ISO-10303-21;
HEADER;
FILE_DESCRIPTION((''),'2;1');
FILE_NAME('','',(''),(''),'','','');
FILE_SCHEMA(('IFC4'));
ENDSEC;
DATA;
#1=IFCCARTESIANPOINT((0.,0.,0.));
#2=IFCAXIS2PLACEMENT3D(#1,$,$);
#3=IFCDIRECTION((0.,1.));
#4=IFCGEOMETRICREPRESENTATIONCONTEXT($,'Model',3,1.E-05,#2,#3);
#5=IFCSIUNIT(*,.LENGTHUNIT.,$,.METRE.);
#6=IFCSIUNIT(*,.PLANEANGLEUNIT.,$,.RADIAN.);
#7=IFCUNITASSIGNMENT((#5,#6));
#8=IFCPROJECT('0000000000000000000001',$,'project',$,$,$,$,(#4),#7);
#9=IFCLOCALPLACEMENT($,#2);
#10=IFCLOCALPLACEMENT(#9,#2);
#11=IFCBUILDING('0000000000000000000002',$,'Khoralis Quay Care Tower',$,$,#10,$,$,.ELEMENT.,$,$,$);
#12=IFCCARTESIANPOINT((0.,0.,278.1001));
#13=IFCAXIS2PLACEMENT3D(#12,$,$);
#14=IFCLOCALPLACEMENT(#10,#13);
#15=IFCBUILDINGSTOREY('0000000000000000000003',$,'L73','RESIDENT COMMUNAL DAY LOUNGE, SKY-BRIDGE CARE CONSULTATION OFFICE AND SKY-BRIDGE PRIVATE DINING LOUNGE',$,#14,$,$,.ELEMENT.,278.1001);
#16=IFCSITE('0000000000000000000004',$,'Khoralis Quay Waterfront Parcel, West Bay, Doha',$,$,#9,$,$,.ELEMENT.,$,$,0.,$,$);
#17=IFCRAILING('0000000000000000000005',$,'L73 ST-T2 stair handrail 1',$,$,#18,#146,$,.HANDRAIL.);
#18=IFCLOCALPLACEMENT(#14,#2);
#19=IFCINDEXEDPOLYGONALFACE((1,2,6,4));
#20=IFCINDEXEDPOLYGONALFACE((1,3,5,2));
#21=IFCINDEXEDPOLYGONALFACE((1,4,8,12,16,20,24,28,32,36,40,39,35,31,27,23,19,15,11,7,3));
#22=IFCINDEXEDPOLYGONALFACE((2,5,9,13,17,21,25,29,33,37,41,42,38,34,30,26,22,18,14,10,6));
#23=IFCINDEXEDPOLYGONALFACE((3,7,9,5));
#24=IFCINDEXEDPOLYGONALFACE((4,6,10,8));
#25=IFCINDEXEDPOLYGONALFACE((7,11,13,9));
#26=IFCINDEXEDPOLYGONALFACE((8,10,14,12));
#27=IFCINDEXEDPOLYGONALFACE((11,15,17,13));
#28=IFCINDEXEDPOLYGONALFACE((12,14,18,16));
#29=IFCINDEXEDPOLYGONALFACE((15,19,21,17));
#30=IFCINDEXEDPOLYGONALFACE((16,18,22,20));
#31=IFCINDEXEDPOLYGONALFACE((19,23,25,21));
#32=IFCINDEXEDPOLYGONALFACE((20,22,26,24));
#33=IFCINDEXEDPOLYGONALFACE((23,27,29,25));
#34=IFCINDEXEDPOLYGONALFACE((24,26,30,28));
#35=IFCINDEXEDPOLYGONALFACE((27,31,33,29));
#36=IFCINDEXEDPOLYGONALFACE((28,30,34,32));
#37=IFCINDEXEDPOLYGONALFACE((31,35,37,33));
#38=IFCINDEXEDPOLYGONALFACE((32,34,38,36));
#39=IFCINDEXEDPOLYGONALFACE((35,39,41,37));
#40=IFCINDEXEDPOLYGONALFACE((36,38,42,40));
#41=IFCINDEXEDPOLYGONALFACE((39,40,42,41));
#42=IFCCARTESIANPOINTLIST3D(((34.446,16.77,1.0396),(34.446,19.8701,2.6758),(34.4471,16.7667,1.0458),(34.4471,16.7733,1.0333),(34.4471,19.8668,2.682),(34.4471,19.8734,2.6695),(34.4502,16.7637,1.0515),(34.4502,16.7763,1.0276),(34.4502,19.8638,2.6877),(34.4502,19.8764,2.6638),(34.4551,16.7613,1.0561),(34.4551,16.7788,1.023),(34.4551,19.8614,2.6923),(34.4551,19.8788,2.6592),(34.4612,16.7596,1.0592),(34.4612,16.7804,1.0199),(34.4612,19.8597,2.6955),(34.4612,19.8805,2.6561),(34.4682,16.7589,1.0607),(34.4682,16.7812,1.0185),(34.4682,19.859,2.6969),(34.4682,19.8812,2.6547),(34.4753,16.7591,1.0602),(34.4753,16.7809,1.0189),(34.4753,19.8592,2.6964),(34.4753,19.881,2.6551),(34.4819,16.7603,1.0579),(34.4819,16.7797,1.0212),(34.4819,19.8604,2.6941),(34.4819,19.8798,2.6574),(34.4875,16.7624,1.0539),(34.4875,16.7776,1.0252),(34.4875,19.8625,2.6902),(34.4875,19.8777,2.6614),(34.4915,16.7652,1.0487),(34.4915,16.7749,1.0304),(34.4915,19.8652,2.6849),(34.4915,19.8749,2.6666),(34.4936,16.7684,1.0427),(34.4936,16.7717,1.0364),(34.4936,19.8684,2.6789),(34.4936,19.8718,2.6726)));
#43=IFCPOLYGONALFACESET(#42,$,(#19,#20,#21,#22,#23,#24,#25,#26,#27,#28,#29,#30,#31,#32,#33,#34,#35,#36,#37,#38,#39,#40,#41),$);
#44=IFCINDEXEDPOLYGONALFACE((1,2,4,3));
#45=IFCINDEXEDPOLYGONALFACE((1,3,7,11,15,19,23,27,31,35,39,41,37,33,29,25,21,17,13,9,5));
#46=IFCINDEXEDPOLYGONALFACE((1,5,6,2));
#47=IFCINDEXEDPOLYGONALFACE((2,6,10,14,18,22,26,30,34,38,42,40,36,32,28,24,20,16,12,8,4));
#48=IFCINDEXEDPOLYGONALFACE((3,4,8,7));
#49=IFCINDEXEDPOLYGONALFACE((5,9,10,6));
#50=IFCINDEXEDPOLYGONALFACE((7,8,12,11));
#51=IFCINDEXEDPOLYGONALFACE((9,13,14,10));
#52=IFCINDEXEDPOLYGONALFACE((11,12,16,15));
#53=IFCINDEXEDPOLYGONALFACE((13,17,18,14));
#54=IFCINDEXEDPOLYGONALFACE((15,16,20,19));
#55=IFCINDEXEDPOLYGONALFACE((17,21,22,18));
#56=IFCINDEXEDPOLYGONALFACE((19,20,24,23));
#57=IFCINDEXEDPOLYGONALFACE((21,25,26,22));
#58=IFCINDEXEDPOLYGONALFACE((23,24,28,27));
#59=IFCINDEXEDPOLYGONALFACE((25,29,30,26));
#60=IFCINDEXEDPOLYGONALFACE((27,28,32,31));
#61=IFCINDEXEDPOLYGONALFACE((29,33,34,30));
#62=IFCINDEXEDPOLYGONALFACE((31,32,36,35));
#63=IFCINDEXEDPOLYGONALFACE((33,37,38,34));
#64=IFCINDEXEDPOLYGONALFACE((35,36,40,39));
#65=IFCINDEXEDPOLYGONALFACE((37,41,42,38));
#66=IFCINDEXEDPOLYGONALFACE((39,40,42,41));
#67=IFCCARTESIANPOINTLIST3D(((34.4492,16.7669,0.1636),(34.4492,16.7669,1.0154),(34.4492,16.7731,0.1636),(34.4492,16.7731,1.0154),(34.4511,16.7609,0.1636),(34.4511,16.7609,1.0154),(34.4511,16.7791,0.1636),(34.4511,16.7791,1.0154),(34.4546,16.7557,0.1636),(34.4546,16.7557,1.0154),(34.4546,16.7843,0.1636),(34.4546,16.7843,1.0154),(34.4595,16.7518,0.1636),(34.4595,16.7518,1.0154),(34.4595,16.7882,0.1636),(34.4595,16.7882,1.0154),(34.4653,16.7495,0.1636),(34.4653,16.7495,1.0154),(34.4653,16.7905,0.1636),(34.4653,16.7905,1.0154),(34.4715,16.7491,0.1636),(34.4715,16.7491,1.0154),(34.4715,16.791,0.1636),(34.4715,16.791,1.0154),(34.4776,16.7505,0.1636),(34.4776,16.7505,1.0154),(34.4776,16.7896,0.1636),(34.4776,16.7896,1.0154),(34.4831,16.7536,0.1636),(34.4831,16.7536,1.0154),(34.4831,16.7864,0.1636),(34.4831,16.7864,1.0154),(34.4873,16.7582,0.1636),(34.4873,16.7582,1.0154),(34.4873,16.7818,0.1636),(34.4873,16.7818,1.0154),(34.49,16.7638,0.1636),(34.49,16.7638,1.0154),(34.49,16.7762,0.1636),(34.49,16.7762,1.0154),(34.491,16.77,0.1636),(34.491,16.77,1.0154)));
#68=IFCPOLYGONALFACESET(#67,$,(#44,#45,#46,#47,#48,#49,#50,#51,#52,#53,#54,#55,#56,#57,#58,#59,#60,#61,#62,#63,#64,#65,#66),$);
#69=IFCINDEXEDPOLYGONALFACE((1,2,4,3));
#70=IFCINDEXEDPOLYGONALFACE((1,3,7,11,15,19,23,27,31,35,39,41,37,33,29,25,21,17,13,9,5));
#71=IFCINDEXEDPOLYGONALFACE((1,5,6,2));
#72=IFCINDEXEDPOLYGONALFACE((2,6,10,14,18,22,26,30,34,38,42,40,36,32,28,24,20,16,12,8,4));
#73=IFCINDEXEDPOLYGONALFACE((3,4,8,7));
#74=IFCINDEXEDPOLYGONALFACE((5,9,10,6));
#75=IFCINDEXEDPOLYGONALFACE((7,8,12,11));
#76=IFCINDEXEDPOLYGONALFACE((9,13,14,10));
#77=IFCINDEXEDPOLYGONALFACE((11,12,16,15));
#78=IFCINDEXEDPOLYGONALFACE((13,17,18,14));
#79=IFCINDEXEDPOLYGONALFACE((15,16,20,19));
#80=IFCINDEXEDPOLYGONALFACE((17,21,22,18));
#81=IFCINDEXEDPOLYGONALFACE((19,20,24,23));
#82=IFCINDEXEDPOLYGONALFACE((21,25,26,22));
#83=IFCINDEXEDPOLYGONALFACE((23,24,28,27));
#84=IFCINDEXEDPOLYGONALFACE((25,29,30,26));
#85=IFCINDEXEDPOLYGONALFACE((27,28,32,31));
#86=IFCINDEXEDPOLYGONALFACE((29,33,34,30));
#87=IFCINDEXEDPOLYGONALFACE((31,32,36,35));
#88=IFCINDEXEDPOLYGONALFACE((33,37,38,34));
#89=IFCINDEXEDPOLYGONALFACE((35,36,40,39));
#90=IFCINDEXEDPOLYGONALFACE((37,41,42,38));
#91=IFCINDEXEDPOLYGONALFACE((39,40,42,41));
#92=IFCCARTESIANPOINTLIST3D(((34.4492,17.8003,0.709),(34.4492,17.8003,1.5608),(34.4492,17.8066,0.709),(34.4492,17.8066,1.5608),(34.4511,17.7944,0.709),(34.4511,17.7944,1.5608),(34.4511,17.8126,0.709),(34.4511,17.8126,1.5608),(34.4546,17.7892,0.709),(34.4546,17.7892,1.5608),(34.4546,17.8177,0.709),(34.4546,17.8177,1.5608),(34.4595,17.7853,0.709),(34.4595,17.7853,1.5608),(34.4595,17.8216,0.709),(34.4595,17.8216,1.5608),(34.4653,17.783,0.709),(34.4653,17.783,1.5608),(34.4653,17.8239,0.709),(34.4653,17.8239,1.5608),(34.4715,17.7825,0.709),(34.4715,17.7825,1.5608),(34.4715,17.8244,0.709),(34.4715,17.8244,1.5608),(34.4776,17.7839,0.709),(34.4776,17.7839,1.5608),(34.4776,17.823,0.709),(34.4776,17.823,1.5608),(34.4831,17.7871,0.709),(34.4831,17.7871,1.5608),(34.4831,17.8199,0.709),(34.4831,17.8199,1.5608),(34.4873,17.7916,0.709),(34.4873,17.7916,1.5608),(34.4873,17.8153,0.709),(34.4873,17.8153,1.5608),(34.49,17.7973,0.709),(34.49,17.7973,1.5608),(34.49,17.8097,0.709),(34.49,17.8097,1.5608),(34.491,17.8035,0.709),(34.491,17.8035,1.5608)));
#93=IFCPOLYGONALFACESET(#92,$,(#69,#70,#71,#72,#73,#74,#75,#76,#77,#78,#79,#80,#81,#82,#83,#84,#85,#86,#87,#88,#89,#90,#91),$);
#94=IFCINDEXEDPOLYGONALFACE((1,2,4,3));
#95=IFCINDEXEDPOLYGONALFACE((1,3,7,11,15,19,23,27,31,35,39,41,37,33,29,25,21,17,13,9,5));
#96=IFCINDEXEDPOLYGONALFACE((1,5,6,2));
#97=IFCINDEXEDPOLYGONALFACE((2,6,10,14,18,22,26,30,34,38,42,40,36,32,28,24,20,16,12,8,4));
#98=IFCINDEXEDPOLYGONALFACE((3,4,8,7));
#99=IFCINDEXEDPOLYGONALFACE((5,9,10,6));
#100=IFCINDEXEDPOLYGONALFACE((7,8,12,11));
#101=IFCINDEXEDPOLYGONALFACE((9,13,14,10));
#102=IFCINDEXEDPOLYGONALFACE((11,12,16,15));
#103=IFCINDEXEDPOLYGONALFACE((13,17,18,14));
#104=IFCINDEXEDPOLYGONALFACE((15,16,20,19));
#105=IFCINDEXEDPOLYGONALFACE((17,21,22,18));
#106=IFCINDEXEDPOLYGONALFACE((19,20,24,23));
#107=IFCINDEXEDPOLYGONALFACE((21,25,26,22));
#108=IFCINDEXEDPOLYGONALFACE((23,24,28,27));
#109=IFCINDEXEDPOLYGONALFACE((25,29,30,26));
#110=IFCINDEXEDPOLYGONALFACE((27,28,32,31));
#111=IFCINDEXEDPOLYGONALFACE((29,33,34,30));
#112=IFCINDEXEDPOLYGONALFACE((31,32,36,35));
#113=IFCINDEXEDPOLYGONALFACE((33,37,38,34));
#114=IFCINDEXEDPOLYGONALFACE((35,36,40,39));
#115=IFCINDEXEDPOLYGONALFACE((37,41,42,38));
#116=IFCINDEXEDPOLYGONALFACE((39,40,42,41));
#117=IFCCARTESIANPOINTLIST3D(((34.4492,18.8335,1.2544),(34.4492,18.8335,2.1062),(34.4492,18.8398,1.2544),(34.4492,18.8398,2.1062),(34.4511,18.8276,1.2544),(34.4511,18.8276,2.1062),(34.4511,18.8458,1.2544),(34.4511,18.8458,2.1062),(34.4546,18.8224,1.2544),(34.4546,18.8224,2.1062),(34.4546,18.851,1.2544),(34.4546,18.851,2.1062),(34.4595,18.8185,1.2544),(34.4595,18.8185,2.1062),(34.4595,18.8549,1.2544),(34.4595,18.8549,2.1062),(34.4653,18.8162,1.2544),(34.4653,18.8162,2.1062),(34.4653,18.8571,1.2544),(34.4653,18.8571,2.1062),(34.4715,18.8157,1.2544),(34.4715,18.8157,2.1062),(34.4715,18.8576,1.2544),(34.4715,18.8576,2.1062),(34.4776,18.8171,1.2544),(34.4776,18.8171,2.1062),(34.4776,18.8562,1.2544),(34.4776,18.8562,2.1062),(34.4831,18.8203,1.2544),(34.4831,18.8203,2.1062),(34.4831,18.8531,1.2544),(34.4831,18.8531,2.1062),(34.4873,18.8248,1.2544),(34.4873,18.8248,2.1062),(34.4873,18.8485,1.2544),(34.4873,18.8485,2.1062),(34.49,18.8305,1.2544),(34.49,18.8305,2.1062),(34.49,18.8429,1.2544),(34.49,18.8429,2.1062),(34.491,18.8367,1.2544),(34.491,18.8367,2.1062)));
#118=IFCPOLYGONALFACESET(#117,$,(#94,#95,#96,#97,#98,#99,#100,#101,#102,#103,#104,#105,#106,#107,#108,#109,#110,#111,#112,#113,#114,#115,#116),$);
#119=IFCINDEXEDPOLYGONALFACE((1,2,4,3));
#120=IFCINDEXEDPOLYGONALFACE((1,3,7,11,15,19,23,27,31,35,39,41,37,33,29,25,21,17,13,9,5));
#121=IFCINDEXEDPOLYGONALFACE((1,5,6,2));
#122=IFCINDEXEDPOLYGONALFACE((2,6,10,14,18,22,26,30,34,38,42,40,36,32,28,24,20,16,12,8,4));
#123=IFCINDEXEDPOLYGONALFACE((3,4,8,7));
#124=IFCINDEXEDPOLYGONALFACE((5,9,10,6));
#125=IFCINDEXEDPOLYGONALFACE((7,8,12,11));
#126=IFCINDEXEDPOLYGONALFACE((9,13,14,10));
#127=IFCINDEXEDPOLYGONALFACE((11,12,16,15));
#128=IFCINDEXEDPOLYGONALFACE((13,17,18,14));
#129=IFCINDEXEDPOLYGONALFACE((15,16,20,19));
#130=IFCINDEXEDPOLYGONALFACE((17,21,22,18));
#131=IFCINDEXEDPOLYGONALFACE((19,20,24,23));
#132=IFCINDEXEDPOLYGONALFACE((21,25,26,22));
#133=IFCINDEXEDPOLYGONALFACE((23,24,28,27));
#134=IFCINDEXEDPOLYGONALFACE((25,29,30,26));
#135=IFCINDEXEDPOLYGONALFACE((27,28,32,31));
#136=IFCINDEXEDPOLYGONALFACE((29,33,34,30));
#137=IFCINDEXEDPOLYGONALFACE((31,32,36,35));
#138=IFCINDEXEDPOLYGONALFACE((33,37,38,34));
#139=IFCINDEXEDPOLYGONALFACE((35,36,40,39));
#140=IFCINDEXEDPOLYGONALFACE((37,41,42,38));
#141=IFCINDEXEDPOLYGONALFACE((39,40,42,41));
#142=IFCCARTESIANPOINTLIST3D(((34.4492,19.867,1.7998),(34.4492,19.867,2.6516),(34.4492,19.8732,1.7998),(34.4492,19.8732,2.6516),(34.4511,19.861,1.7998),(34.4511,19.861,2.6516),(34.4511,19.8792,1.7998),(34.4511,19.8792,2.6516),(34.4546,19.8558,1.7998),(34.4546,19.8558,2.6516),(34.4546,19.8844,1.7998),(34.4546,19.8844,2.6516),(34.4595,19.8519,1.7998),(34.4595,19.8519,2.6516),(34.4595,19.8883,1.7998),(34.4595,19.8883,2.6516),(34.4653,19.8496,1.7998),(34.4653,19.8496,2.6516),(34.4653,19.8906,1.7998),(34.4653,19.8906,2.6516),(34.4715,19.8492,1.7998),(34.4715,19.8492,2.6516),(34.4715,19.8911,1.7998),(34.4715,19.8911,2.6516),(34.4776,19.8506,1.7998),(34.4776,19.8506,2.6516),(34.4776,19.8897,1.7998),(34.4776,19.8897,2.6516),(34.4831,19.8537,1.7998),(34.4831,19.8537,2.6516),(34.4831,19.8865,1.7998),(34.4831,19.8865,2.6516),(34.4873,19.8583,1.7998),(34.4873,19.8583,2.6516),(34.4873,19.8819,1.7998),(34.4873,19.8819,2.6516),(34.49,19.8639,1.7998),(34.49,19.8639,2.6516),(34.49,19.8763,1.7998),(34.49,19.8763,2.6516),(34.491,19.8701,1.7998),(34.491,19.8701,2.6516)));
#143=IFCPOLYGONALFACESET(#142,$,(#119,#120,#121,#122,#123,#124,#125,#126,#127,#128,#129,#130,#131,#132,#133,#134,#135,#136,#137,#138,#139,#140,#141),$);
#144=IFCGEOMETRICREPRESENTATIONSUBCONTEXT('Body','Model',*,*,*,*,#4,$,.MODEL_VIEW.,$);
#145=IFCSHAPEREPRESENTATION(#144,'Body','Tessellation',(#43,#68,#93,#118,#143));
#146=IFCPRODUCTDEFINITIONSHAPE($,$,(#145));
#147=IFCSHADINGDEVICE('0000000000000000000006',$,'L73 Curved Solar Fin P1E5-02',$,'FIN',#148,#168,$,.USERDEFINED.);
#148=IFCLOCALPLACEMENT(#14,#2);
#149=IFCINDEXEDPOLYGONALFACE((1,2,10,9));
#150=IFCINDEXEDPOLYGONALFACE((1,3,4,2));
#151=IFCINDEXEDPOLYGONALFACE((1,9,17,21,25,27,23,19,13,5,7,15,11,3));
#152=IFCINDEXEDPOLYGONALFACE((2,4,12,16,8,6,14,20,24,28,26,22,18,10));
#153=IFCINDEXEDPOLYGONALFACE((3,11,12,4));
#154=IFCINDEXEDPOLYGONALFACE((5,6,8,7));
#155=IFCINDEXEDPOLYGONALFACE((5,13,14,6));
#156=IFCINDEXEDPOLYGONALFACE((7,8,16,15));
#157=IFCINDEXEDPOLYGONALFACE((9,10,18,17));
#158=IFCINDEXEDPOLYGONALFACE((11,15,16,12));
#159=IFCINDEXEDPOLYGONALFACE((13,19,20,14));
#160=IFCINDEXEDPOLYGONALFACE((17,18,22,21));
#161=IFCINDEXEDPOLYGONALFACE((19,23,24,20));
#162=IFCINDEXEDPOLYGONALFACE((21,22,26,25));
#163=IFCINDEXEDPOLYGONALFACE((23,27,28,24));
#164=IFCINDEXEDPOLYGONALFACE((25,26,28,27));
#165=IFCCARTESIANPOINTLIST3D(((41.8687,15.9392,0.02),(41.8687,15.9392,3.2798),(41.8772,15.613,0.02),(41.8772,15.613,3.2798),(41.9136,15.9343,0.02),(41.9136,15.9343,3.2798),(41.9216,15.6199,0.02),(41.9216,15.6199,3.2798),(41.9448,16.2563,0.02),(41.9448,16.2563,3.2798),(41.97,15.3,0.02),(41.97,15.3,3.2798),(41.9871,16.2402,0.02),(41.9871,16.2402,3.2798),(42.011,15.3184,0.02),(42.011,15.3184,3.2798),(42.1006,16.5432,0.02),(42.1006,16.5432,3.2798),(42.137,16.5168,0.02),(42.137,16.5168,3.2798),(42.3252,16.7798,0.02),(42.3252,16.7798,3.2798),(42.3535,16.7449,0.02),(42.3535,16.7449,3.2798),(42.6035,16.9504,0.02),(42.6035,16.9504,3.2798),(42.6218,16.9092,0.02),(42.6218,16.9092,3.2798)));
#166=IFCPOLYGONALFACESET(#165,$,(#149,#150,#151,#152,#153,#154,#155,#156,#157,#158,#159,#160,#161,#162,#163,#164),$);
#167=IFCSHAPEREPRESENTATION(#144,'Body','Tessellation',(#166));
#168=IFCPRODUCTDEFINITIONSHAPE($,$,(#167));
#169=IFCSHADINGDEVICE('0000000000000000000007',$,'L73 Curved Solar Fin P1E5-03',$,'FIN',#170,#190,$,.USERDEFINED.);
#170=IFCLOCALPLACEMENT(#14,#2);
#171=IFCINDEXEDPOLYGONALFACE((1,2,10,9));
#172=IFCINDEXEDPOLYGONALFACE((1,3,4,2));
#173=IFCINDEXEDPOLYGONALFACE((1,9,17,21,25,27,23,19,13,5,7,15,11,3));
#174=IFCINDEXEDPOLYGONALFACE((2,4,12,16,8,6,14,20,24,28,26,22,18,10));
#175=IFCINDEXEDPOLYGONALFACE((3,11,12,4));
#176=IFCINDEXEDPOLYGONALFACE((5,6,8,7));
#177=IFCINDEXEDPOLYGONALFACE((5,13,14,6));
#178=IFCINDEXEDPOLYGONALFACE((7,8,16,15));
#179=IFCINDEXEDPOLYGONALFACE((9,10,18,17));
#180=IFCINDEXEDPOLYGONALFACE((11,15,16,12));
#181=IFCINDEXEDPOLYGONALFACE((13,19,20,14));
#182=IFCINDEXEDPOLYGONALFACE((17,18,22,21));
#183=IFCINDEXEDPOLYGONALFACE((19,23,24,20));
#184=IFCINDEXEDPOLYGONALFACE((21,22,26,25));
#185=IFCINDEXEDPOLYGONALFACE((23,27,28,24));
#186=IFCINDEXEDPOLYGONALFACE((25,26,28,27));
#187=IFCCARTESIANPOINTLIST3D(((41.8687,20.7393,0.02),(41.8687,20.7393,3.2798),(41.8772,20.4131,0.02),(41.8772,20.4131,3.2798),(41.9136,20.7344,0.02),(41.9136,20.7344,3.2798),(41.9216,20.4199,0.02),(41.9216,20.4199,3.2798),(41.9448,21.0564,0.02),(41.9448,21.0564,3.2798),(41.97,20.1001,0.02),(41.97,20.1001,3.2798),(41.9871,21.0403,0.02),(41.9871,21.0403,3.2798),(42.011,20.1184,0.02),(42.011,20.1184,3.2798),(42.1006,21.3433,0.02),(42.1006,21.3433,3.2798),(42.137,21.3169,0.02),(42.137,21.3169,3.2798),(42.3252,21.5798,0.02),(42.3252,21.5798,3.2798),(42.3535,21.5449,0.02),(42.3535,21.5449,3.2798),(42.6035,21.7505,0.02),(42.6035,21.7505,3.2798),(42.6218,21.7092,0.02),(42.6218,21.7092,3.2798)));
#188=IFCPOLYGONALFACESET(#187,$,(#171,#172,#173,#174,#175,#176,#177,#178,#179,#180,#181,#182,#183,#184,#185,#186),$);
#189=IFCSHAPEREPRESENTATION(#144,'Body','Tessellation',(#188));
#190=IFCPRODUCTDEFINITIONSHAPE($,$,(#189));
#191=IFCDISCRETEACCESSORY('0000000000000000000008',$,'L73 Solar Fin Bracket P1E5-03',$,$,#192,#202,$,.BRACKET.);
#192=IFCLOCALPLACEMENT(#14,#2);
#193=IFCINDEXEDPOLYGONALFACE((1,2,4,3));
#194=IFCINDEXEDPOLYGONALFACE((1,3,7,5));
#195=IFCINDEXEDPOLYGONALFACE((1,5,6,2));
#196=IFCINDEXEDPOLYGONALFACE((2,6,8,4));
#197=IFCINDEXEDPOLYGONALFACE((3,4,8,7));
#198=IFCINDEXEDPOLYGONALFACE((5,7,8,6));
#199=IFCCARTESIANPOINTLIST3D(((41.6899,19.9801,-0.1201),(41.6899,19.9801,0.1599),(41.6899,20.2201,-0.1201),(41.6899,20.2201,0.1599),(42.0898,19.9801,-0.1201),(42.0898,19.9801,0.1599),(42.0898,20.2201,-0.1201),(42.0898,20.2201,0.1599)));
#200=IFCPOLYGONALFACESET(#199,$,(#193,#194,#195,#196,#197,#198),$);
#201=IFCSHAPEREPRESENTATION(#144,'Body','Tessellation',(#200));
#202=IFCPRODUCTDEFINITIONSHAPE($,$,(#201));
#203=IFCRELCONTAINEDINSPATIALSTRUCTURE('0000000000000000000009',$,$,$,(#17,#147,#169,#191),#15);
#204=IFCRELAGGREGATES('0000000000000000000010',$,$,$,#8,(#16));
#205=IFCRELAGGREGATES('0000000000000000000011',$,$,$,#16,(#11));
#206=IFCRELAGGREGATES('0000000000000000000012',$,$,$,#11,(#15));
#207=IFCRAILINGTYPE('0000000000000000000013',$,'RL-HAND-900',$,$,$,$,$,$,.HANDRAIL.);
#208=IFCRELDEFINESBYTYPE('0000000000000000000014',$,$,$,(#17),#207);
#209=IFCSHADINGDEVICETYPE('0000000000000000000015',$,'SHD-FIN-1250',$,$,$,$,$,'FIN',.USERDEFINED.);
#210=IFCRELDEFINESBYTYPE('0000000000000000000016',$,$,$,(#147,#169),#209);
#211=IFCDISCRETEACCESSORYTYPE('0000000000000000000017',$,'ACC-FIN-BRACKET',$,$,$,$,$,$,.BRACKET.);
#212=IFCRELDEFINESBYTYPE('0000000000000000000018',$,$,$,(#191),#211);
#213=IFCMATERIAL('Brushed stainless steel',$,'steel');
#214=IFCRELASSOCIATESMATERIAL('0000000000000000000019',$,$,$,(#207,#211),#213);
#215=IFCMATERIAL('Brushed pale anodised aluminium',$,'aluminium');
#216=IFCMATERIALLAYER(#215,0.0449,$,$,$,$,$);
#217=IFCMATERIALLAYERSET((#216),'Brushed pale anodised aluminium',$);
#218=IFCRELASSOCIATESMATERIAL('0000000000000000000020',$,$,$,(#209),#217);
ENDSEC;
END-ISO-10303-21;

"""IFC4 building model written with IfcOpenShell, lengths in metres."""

from ifc_helpers import new_model, si_unit, direction, frame, origin, origin_2d, place, context, subcontext, project, spatial, polyline, rectangle, circle, outline, extrude, source, transform, mapped, material, layer, layer_set, type_object, element, save


model = new_model("IFC4")

# Units and contexts
model_context = context("Model", 3, precision=1e-05, world=origin(), true_north=direction((0.0, 1.0)))
body_context = subcontext(model_context, "Body", "Model", "MODEL_VIEW")
ifc_project = project(units=[si_unit("LENGTHUNIT", "METRE"), si_unit("PLANEANGLEUNIT", "RADIAN")], contexts=[model_context])

# Site, building, storey
site_placement = place(None, origin())
site = spatial("IfcSite", under=ifc_project, at=site_placement, Name="Khoralis Quay Waterfront Parcel, West Bay, Doha", CompositionType="ELEMENT", RefElevation=0.0)
building_placement = place(site_placement, origin())
building = spatial("IfcBuilding", under=site, at=building_placement, Name="Khoralis Quay Care Tower", CompositionType="ELEMENT")
storey_placement = place(building_placement, frame((0.0, 0.0, 278.1001)))
storey = spatial("IfcBuildingStorey", under=building, at=storey_placement, Name="L73", Description="RESIDENT COMMUNAL DAY LOUNGE, SKY-BRIDGE CARE CONSULTATION OFFICE AND SKY-BRIDGE PRIVATE DINING LOUNGE", CompositionType="ELEMENT", Elevation=278.1001)

# Railing
ifc_material_1 = material(Name="Brushed stainless steel", Category="steel")
railing_type_1 = type_object("IfcRailingType", Name="RL-HAND-900", PredefinedType="HANDRAIL", material=ifc_material_1)
railing_1_placement = place(storey_placement, frame((34.47, 16.77, 0.1636)))
element("IfcRailing", 1, at=railing_1_placement, inside=storey, type_object=railing_type_1, Name="L73 ST-T2 stair handrail 1", PredefinedType="HANDRAIL", context=body_context, shape_type="SweptSolid", body=[
    extrude(circle(Radius=0.0239, at=origin_2d()), frame((0.0, 0.0, 0.876), z_axis=(0.0, 0.884377, 0.466774), x_axis=(-1.0, 0.0, 0.0)), (0.0, 0.0, 1.0), 3.5054),
    extrude(circle(Radius=0.021, at=origin_2d()), origin(), (0.0, 0.0, 1.0), 0.8518),
    extrude(circle(Radius=0.021, at=origin_2d()), frame((0.0, 1.0334, 0.5454)), (0.0, 0.0, 1.0), 0.8518),
    extrude(circle(Radius=0.021, at=origin_2d()), frame((0.0, 2.0667, 1.0908)), (0.0, 0.0, 1.0), 0.8518),
    extrude(circle(Radius=0.021, at=origin_2d()), frame((0.0, 3.1001, 1.6362)), (0.0, 0.0, 1.0), 0.8518),
])

# Shading devices
ifc_material_2 = material(Name="Brushed pale anodised aluminium", Category="aluminium")
ifc_layer_1 = layer(ifc_material_2, 0.0449)
ifc_layer_set_1 = layer_set([ifc_layer_1], Name="Brushed pale anodised aluminium")
shading_device_type = type_object("IfcShadingDeviceType", Name="SHD-FIN-1250", ElementType="FIN", PredefinedType="USERDEFINED", material=ifc_layer_set_1)
shared_shape_1 = source(origin(), body_context, "Body", "SweptSolid", [
    extrude(outline(polyline([(0.0, 0.0), (-0.0928, 0.313), (-0.1013, 0.6392), (-0.0251, 0.9563), (0.1306, 1.2432), (0.3552, 1.4797), (0.6335, 1.6504), (0.6519, 1.6091), (0.3835, 1.4448), (0.167, 1.2168), (0.0171, 0.9402), (-0.0564, 0.6343), (-0.0483, 0.3198), (0.041, 0.0183), (0.0, 0.0)])), origin(), (0.0, 0.0, 1.0), 3.2598),
])
for number, where, z_axis, x_axis, name in (
    (2, (41.97, 15.3, 0.02), (0.0, 0.0, 1.0), (1.0, 0.0, 0.0), "L73 Curved Solar Fin P1E5-02"),
    (3, (41.97, 20.1001, 0.02), (0.0, 0.0, 1.0), (1.0, 0.0, 0.0), "L73 Curved Solar Fin P1E5-03"),
):
    element("IfcShadingDevice", number, at=place(storey_placement, frame(where, z_axis=z_axis, x_axis=x_axis)), inside=storey, type_object=shading_device_type, Name=name, ObjectType="FIN", PredefinedType="USERDEFINED", context=body_context, shape_type="MappedRepresentation", body=[
        mapped(shared_shape_1, transform((0.0, 0.0, 0.0), scale=1.0)),
    ])

# Discrete accessory
discrete_accessory_type = type_object("IfcDiscreteAccessoryType", Name="ACC-FIN-BRACKET", PredefinedType="BRACKET", material=ifc_material_1)
shared_shape_2 = source(origin(), body_context, "Body", "SweptSolid", [
    extrude(rectangle(XDim=0.3999, YDim=0.24, at=origin_2d()), origin(), (0.0, 0.0, 1.0), 0.28),
])
discrete_accessory_placement = place(storey_placement, frame((41.8899, 20.1001, -0.1201), z_axis=(0.0, 0.0, 1.0), x_axis=(1.0, 0.0, 0.0)))
element("IfcDiscreteAccessory", 4, at=discrete_accessory_placement, inside=storey, type_object=discrete_accessory_type, Name="L73 Solar Fin Bracket P1E5-03", PredefinedType="BRACKET", context=body_context, shape_type="MappedRepresentation", body=[
    mapped(shared_shape_2, transform((0.0, 0.0, 0.0), scale=1.0)),
])

save(model, "model.ifc")
